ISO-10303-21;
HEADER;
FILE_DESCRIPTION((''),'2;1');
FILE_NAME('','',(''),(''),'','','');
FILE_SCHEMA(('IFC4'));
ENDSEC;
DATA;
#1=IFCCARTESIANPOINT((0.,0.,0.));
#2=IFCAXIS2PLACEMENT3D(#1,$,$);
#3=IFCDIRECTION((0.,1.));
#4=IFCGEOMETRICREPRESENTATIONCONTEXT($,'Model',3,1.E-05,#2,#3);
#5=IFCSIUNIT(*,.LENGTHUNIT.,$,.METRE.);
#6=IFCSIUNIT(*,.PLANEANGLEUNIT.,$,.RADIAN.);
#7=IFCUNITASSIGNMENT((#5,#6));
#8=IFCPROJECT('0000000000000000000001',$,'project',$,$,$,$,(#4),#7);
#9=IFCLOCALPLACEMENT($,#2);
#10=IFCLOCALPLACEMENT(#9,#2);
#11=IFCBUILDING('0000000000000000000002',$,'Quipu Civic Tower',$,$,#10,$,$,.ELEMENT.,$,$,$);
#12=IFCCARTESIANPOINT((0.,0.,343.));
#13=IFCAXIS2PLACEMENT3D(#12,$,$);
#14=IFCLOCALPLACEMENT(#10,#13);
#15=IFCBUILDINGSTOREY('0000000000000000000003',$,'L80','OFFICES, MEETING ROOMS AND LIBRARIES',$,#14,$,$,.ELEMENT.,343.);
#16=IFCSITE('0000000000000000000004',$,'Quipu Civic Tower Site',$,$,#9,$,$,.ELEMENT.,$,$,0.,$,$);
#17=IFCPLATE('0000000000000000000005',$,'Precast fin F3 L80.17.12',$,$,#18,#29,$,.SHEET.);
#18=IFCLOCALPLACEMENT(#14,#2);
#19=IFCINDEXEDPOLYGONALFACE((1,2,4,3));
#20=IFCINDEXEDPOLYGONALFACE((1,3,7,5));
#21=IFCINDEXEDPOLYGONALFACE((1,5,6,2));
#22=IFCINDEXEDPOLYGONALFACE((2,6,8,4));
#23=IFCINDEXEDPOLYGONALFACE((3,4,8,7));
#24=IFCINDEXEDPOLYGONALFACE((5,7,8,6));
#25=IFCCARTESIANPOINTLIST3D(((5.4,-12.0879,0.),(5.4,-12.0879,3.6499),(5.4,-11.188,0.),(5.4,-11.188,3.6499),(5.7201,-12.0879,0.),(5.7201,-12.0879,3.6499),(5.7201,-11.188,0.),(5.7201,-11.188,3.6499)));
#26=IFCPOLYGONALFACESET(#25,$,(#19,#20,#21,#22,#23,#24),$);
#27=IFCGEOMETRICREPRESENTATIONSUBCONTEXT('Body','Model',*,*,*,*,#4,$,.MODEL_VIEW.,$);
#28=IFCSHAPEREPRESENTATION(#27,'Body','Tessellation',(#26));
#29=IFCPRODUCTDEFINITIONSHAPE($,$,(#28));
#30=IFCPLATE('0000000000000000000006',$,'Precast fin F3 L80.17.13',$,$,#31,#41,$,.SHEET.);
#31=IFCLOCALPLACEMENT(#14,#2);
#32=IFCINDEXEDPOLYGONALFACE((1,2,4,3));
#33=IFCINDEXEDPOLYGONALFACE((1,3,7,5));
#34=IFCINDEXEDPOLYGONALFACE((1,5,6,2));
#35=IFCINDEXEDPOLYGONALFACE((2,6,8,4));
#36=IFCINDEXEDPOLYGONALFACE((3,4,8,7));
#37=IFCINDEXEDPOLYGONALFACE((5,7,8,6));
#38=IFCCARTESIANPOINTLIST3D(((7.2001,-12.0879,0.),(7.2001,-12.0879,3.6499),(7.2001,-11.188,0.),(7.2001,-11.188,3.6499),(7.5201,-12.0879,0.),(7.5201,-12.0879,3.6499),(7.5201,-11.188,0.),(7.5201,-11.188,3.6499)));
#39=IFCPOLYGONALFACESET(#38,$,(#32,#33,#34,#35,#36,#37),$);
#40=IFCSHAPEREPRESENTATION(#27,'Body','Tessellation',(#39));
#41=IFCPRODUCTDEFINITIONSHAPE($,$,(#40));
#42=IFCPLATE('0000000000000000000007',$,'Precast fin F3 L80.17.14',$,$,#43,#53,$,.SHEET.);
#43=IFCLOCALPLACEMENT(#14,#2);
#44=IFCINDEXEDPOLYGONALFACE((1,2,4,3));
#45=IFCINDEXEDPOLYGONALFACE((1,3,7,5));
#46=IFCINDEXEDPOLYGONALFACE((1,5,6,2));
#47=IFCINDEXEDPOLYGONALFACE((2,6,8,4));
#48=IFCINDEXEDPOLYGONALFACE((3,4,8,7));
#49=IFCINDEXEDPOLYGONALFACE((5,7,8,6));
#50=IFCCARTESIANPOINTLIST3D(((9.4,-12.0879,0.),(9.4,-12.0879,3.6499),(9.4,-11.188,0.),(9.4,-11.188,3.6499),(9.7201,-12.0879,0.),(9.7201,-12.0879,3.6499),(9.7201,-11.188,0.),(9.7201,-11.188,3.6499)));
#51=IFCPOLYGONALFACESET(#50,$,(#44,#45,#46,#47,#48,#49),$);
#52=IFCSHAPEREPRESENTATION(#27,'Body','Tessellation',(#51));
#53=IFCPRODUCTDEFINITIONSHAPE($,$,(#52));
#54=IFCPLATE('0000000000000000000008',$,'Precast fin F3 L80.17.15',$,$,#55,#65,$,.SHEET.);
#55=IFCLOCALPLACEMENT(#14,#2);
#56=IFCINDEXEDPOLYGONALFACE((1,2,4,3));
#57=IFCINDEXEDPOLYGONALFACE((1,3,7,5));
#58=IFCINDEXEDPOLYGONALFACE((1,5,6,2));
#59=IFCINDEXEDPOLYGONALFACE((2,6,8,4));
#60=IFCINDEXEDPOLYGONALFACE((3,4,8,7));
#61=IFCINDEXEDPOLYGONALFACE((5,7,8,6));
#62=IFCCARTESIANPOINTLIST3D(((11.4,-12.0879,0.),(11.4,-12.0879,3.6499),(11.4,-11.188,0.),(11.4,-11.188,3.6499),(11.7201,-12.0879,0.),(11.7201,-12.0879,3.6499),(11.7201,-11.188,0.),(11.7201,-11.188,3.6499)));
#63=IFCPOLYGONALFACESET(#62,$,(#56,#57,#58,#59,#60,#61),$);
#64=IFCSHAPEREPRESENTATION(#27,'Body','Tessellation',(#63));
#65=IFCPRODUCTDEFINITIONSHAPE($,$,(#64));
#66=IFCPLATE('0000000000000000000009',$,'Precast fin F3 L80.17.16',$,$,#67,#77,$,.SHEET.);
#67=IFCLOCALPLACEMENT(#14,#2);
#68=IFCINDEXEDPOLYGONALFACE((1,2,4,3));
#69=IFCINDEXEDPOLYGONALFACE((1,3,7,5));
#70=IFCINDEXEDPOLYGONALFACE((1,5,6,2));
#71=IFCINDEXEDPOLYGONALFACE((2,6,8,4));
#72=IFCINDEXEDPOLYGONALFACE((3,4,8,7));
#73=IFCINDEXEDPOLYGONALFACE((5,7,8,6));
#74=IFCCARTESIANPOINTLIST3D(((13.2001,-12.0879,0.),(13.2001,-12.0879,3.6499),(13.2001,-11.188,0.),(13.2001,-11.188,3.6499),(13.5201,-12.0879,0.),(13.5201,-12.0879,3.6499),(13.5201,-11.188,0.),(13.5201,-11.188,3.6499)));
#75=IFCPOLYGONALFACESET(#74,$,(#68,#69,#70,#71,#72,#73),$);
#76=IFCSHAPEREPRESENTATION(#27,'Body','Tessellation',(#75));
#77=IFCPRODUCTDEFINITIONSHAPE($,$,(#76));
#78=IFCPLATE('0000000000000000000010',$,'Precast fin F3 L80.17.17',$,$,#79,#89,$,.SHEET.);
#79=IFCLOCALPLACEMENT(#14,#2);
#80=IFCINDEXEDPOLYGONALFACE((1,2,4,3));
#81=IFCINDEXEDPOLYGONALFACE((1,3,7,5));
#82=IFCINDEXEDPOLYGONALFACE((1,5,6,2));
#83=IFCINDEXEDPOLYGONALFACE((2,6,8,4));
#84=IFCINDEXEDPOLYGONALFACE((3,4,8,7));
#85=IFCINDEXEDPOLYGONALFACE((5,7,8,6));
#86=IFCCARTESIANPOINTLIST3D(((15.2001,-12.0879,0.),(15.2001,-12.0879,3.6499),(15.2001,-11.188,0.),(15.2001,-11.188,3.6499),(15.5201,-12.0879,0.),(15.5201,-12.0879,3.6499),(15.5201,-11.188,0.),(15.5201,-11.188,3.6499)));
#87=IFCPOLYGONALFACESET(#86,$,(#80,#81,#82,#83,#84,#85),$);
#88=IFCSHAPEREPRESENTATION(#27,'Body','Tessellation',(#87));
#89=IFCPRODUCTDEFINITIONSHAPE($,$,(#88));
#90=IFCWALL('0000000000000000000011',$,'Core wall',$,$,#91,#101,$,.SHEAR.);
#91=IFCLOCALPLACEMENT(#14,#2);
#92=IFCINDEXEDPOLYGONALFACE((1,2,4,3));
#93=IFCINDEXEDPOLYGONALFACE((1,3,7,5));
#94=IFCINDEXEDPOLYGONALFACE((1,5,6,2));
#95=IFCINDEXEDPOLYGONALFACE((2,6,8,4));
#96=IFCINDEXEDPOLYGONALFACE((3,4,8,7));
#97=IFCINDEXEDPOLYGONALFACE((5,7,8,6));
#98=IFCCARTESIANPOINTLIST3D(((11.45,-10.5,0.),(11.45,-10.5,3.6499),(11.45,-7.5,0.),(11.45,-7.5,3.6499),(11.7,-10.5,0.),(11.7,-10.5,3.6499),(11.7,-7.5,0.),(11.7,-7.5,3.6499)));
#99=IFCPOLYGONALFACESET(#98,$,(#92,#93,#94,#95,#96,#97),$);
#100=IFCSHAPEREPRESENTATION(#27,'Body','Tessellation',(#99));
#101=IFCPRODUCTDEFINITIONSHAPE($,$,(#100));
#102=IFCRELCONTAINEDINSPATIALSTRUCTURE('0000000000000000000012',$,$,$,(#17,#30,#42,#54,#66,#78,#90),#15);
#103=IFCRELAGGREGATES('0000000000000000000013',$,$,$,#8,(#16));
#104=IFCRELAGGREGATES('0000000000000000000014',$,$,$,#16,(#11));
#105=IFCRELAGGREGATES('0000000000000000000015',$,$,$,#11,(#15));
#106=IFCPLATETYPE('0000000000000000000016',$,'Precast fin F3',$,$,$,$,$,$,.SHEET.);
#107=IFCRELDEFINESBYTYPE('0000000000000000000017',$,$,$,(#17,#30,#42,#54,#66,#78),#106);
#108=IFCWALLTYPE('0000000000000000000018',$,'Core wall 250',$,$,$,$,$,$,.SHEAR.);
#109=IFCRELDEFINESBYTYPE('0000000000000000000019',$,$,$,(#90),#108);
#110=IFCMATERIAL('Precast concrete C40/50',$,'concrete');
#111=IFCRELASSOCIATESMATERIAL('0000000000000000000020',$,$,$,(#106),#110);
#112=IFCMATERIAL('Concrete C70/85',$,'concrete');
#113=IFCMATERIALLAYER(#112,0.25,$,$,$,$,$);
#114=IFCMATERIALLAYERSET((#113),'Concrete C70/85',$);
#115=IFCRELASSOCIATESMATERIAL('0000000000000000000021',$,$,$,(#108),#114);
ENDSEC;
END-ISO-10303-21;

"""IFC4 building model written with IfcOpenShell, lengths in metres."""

from ifc_helpers import new_model, si_unit, direction, frame, frame_2d, origin, origin_2d, place, context, subcontext, project, spatial, rectangle, extrude, material, layer, layer_set, type_object, element, save


model = new_model("IFC4")

# Units and contexts
model_context = context("Model", 3, precision=1e-05, world=origin(), true_north=direction((0.0, 1.0)))
body_context = subcontext(model_context, "Body", "Model", "MODEL_VIEW")
ifc_project = project(units=[si_unit("LENGTHUNIT", "METRE"), si_unit("PLANEANGLEUNIT", "RADIAN")], contexts=[model_context])

# Site, building, storey
site_placement = place(None, origin())
site = spatial("IfcSite", under=ifc_project, at=site_placement, Name="Quipu Civic Tower Site", CompositionType="ELEMENT", RefElevation=0.0)
building_placement = place(site_placement, origin())
building = spatial("IfcBuilding", under=site, at=building_placement, Name="Quipu Civic Tower", CompositionType="ELEMENT")
storey_placement = place(building_placement, frame((0.0, 0.0, 343.0)))
storey = spatial("IfcBuildingStorey", under=building, at=storey_placement, Name="L80", Description="OFFICES, MEETING ROOMS AND LIBRARIES", CompositionType="ELEMENT", Elevation=343.0)

# Plates
ifc_material_1 = material(Name="Precast concrete C40/50", Category="concrete")
plate_type = type_object("IfcPlateType", Name="Precast fin F3", PredefinedType="SHEET", material=ifc_material_1)
for number, where, z_axis, x_axis, name in (
    (1, (5.5601, -11.6379, 0.0), (0.0, 0.0, 1.0), (1.0, 0.0, 0.0), "Precast fin F3 L80.17.12"),
    (2, (7.3601, -11.6379, 0.0), (0.0, 0.0, 1.0), (1.0, 0.0, 0.0), "Precast fin F3 L80.17.13"),
    (3, (9.5601, -11.6379, 0.0), (0.0, 0.0, 1.0), (1.0, 0.0, 0.0), "Precast fin F3 L80.17.14"),
    (4, (11.5601, -11.6379, 0.0), (0.0, 0.0, 1.0), (1.0, 0.0, 0.0), "Precast fin F3 L80.17.15"),
    (5, (13.3601, -11.6379, 0.0), (0.0, 0.0, 1.0), (1.0, 0.0, 0.0), "Precast fin F3 L80.17.16"),
    (6, (15.3601, -11.6379, 0.0), (0.0, 0.0, 1.0), (1.0, 0.0, 0.0), "Precast fin F3 L80.17.17"),
):
    element("IfcPlate", number, at=place(storey_placement, frame(where, z_axis=z_axis, x_axis=x_axis)), inside=storey, type_object=plate_type, Name=name, PredefinedType="SHEET", context=body_context, shape_type="SweptSolid", body=[
        extrude(rectangle(XDim=0.3201, YDim=0.8999, at=origin_2d()), origin(), (0.0, 0.0, 1.0), 3.6499),
    ])

# Wall
ifc_material_2 = material(Name="Concrete C70/85", Category="concrete")
ifc_layer_1 = layer(ifc_material_2, 0.25)
ifc_layer_set_1 = layer_set([ifc_layer_1], Name="Concrete C70/85")
wall_type_1 = type_object("IfcWallType", Name="Core wall 250", PredefinedType="SHEAR", material=ifc_layer_set_1)
wall_1_placement = place(storey_placement, frame((11.575, -10.5, 0.0), z_axis=(0.0, 0.0, 1.0), x_axis=(0.0, 1.0, 0.0)))
element("IfcWall", 7, at=wall_1_placement, inside=storey, type_object=wall_type_1, Name="Core wall", PredefinedType="SHEAR", context=body_context, shape_type="SweptSolid", body=[
    extrude(rectangle(XDim=3.0, YDim=0.25, at=frame_2d((1.5, 0.0))), origin(), (0.0, 0.0, 1.0), 3.6499),
])

save(model, "model.ifc")
